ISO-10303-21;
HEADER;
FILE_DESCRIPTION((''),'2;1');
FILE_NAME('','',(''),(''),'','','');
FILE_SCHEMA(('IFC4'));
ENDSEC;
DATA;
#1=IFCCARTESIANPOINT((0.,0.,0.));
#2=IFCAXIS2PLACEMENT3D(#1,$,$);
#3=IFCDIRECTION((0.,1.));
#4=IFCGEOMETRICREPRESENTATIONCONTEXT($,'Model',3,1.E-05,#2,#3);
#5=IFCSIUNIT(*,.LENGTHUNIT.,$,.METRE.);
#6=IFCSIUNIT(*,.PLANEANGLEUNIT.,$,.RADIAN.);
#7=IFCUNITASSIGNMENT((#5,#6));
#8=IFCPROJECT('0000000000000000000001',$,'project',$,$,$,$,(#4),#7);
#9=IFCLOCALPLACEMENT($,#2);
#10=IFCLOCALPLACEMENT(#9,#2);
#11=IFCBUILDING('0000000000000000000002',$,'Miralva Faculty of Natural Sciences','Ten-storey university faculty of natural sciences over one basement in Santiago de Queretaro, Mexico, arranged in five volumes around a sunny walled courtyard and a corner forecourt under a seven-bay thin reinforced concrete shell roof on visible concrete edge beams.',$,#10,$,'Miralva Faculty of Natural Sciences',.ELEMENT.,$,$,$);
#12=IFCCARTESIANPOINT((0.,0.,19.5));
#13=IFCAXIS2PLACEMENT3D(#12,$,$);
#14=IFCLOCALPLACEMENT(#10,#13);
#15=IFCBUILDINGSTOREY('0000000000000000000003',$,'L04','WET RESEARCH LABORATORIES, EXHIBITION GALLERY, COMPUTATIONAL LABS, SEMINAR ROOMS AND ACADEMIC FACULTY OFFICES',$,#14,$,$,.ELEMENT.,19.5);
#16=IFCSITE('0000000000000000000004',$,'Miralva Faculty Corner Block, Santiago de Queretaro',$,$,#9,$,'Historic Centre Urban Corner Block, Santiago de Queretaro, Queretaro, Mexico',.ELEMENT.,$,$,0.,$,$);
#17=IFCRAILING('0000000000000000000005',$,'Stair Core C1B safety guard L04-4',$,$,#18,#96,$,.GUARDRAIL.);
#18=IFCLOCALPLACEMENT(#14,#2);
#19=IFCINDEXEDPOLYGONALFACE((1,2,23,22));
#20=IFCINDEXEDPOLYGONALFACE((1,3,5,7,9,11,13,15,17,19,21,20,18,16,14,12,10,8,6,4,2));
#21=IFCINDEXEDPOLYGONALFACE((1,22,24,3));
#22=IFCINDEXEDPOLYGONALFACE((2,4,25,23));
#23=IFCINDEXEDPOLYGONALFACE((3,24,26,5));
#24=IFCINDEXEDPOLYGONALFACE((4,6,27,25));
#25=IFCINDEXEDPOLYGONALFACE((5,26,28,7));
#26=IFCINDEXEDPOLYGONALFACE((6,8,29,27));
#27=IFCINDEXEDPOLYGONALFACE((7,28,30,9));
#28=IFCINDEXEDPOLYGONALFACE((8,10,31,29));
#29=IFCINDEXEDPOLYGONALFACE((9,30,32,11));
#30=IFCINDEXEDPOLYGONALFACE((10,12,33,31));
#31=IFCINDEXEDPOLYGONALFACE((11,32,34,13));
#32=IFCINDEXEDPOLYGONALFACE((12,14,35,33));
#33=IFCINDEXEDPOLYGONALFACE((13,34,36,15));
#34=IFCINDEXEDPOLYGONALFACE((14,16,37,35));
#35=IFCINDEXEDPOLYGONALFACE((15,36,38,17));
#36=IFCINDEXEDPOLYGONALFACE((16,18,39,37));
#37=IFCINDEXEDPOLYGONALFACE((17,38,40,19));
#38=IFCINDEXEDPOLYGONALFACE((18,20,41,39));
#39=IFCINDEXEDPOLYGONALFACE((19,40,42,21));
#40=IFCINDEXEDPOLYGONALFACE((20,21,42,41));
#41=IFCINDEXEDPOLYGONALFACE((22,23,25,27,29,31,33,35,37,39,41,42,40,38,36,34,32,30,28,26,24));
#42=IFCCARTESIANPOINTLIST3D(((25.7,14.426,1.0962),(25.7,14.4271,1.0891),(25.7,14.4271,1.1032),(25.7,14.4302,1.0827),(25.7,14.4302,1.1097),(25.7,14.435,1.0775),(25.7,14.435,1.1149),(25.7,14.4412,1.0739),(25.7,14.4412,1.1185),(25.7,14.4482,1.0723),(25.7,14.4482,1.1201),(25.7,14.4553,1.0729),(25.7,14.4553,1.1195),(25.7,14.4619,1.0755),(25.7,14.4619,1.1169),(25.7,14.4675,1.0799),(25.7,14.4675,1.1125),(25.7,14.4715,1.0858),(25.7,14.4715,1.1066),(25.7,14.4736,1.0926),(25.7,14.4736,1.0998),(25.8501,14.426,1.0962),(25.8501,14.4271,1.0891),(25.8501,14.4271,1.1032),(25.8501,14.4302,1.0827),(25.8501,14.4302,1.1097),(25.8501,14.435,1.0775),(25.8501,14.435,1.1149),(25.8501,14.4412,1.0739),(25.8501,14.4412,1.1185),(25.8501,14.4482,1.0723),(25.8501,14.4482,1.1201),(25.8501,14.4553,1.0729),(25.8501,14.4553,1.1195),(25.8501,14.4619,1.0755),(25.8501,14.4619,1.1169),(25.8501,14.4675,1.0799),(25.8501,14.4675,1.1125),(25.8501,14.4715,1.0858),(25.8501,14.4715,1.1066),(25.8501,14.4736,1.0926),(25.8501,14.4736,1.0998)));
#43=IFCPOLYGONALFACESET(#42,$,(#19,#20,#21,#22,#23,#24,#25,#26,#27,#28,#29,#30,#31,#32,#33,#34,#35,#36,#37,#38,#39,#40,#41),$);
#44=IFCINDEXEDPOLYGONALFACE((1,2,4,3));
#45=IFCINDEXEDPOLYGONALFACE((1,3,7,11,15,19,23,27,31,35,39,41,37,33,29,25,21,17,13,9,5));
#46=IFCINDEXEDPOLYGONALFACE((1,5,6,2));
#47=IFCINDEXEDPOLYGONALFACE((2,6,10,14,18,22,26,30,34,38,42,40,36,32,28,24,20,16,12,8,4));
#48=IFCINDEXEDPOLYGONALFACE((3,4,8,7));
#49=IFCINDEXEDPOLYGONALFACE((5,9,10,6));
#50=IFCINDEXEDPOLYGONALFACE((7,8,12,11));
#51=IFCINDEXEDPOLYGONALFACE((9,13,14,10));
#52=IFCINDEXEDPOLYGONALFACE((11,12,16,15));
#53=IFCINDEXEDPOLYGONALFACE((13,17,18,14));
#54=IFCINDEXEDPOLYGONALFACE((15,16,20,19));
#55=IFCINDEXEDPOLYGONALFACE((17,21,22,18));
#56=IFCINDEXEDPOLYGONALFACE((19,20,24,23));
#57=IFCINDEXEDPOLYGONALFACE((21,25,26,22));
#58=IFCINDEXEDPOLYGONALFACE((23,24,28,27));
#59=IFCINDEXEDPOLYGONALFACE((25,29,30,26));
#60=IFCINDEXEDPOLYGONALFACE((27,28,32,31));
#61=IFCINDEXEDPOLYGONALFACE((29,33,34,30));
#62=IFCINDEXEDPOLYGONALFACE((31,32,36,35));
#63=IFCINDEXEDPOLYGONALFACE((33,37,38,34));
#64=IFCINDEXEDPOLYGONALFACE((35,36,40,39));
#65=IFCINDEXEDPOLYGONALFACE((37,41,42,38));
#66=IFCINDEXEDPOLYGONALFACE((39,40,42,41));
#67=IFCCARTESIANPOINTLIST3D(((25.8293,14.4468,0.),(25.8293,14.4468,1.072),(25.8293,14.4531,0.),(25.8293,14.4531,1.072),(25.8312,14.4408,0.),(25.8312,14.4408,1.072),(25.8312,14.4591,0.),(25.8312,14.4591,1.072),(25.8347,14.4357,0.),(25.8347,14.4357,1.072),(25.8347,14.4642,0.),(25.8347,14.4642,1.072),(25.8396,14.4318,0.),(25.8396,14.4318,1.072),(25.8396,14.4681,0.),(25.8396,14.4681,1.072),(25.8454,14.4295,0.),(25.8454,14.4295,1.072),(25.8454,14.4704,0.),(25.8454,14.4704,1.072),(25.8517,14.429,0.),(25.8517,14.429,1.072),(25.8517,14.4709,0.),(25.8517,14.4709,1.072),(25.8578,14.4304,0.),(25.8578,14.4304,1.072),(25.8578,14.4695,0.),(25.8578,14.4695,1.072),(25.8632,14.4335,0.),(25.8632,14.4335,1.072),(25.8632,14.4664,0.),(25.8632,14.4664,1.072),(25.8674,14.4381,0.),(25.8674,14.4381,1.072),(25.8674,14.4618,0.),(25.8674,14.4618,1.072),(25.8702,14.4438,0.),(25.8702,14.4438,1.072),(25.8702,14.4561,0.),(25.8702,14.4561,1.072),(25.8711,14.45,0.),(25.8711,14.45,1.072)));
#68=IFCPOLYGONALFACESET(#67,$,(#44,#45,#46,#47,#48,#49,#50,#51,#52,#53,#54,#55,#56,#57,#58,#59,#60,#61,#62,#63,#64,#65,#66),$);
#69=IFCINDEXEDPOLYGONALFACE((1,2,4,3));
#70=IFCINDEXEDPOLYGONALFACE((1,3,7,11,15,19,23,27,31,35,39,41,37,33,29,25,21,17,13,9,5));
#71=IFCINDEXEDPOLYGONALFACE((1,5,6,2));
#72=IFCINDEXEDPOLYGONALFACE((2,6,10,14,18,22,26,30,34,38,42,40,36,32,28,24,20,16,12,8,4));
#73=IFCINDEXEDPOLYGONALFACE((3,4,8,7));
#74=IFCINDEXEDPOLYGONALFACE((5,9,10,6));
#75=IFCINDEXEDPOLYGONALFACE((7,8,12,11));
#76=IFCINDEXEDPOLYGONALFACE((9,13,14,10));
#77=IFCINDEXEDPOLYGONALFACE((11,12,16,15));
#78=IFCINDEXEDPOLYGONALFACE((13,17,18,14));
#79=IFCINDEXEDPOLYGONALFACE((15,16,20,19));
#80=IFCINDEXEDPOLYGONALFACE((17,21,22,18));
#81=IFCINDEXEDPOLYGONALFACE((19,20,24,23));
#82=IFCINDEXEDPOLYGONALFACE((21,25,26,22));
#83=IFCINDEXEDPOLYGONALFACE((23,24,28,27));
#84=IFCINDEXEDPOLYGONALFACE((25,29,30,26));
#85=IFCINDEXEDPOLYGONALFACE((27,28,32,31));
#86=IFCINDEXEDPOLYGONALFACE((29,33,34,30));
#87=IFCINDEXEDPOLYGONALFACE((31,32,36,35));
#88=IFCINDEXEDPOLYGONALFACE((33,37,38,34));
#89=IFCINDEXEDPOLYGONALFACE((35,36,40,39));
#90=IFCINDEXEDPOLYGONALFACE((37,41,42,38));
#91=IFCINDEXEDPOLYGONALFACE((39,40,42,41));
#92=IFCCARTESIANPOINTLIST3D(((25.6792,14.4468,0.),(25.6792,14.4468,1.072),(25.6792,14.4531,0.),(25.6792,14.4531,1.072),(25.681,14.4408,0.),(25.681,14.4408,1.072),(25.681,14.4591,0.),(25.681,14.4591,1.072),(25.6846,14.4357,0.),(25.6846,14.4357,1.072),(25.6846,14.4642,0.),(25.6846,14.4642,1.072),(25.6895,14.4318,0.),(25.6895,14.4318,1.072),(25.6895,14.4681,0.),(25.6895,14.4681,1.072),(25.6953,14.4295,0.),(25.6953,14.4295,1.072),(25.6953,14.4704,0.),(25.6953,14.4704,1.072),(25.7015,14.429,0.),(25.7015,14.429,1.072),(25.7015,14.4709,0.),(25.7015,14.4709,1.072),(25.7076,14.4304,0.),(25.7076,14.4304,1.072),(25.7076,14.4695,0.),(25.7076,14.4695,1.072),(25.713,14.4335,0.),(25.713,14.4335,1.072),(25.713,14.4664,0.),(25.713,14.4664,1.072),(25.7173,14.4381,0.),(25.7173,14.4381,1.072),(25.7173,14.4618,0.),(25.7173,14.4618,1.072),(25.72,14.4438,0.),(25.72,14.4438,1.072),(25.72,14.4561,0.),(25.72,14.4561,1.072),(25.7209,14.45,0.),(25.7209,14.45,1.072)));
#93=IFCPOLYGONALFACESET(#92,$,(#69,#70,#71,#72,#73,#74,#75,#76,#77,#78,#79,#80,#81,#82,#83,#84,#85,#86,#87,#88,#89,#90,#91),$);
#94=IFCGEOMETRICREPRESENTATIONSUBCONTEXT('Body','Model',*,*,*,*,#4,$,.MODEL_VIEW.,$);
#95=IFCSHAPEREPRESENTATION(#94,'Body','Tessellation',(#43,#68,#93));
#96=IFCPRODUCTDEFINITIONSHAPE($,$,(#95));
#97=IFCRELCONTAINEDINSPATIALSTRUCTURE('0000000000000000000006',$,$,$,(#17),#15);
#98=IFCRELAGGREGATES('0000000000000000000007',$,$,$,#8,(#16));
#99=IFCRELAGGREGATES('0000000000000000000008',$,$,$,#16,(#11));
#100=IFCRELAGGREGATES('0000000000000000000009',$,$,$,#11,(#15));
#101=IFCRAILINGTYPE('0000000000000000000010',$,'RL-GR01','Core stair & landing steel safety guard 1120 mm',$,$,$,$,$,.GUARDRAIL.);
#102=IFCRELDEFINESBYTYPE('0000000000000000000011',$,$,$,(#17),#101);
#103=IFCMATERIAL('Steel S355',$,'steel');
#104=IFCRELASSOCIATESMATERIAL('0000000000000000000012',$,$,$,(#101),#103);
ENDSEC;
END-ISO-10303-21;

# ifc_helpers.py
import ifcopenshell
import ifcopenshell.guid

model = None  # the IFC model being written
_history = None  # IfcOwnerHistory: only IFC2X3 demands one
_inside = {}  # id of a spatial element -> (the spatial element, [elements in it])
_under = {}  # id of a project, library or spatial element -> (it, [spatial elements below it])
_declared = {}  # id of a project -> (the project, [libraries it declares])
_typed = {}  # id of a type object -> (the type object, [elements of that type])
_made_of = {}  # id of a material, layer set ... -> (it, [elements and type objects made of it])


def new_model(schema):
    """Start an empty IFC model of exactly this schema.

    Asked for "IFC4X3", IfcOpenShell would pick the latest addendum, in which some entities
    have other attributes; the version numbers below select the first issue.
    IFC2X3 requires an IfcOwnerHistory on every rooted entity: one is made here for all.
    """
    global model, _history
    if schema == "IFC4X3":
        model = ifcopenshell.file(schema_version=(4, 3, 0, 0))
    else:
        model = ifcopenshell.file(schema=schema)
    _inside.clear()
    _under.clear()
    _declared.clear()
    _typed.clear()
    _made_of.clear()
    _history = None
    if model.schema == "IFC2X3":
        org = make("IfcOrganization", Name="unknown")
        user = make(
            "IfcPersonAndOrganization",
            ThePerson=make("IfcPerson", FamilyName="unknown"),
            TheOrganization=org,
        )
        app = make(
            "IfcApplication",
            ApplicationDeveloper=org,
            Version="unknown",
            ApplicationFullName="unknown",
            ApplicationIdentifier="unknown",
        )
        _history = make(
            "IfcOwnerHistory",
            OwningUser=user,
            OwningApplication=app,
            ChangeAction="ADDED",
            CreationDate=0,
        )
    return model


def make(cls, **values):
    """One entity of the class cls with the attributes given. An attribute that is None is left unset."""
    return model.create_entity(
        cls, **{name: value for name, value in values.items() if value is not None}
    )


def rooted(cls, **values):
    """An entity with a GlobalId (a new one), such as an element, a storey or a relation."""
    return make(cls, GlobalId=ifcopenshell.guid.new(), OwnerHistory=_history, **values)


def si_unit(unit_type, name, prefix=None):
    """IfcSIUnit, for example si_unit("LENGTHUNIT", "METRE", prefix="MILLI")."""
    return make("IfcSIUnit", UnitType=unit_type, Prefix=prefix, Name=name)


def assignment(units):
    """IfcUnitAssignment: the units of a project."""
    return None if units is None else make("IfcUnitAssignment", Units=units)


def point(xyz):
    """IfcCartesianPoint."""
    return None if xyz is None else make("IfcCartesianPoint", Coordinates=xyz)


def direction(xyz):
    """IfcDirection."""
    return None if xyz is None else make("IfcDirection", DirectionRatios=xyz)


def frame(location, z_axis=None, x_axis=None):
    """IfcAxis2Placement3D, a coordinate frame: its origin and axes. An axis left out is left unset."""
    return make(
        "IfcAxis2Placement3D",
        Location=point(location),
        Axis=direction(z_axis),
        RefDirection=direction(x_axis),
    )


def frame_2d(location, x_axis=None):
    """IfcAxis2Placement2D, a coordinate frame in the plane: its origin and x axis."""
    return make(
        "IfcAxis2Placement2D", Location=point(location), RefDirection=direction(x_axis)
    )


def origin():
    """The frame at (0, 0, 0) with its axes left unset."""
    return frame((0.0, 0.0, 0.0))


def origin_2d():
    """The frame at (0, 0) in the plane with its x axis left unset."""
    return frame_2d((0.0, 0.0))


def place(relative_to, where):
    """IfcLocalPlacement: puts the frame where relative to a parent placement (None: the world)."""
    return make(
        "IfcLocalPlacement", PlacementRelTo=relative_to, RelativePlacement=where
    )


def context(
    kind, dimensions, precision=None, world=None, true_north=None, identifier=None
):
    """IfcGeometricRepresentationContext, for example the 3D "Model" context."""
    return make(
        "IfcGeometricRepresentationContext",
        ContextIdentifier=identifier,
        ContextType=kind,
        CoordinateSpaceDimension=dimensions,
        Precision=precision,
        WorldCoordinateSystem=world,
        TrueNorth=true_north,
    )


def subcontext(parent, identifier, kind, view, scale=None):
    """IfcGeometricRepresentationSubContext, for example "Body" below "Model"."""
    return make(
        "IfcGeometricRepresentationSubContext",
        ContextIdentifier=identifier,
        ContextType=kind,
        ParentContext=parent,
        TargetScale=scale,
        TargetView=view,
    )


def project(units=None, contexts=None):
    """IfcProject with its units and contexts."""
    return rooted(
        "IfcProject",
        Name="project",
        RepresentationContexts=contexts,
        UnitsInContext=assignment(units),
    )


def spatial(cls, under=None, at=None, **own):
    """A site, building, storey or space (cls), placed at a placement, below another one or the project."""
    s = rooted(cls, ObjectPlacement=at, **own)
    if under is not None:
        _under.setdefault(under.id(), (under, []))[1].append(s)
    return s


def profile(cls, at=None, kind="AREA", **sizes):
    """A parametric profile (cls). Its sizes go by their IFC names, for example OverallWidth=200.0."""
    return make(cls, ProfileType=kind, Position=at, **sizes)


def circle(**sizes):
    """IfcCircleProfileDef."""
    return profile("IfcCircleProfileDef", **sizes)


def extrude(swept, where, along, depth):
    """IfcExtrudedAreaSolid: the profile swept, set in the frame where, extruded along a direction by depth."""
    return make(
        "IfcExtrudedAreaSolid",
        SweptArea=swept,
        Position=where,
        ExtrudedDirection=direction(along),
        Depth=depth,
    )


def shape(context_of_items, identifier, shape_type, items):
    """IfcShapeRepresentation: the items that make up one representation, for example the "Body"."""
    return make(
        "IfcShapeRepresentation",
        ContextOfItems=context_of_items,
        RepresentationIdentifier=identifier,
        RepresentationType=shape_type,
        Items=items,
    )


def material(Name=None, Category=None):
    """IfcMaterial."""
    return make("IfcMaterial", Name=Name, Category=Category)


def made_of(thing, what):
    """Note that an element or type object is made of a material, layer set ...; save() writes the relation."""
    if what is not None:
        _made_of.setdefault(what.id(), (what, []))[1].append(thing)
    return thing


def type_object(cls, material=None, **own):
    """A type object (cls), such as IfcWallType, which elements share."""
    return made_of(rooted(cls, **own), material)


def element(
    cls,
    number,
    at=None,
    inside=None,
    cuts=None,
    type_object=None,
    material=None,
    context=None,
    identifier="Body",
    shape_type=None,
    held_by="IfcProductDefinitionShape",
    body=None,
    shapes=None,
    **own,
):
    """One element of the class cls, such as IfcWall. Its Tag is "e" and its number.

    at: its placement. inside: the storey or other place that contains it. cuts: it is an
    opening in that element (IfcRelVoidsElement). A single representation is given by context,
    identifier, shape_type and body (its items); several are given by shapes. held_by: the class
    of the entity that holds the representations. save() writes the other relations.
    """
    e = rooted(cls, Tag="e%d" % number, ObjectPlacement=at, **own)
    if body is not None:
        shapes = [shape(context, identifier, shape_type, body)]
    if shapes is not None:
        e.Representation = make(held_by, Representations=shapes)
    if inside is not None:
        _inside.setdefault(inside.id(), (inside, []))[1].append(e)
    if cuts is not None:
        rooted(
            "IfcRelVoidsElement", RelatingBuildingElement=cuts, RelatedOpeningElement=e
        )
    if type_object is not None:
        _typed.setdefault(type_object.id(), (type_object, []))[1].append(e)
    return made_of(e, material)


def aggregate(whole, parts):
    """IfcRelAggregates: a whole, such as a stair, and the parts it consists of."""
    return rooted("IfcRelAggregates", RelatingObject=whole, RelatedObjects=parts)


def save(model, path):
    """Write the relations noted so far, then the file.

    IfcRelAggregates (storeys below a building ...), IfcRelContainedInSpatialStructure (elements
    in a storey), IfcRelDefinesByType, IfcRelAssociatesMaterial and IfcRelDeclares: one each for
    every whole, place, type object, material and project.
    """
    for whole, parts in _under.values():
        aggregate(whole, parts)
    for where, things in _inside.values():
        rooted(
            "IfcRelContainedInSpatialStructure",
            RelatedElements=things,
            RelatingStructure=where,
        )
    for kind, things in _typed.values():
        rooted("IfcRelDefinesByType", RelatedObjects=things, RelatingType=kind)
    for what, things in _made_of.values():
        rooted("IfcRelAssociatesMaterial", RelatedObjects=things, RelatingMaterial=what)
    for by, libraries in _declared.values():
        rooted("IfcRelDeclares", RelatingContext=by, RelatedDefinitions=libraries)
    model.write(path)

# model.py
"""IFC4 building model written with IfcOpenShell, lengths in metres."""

from ifc_helpers import new_model, si_unit, direction, frame, origin, origin_2d, place, context, subcontext, project, spatial, circle, extrude, material, type_object, element, save


model = new_model("IFC4")

# Units and contexts
model_context = context("Model", 3, precision=1e-05, world=origin(), true_north=direction((0.0, 1.0)))
body_context = subcontext(model_context, "Body", "Model", "MODEL_VIEW")
ifc_project = project(units=[si_unit("LENGTHUNIT", "METRE"), si_unit("PLANEANGLEUNIT", "RADIAN")], contexts=[model_context])

# Site, building, storey
site_placement = place(None, origin())
site = spatial("IfcSite", under=ifc_project, at=site_placement, Name="Miralva Faculty Corner Block, Santiago de Queretaro", LongName="Historic Centre Urban Corner Block, Santiago de Queretaro, Queretaro, Mexico", CompositionType="ELEMENT", RefElevation=0.0)
building_placement = place(site_placement, origin())
building = spatial("IfcBuilding", under=site, at=building_placement, Name="Miralva Faculty of Natural Sciences", Description="Ten-storey university faculty of natural sciences over one basement in Santiago de Queretaro, Mexico, arranged in five volumes around a sunny walled courtyard and a corner forecourt under a seven-bay thin reinforced concrete shell roof on visible concrete edge beams.", LongName="Miralva Faculty of Natural Sciences", CompositionType="ELEMENT")
storey_placement = place(building_placement, frame((0.0, 0.0, 19.5)))
storey = spatial("IfcBuildingStorey", under=building, at=storey_placement, Name="L04", Description="WET RESEARCH LABORATORIES, EXHIBITION GALLERY, COMPUTATIONAL LABS, SEMINAR ROOMS AND ACADEMIC FACULTY OFFICES", CompositionType="ELEMENT", Elevation=19.5)

# Railing
ifc_material_1 = material(Name="Steel S355", Category="steel")
railing_type_1 = type_object("IfcRailingType", Name="RL-GR01", Description="Core stair & landing steel safety guard 1120 mm", PredefinedType="GUARDRAIL", material=ifc_material_1)
railing_1_placement = place(storey_placement, frame((25.8501, 14.45, 0.0)))
element("IfcRailing", 1, at=railing_1_placement, inside=storey, type_object=railing_type_1, Name="Stair Core C1B safety guard L04-4", PredefinedType="GUARDRAIL", context=body_context, shape_type="SweptSolid", body=[
    extrude(circle(Radius=0.0239, at=origin_2d()), frame((0.0, 0.0, 1.0962), z_axis=(-1.0, 0.0, 0.0), x_axis=(0.0, -1.0, 0.0)), (0.0, 0.0, 1.0), 0.1501),
    extrude(circle(Radius=0.021, at=origin_2d()), origin(), (0.0, 0.0, 1.0), 1.072),
    extrude(circle(Radius=0.021, at=origin_2d()), frame((-0.1501, 0.0, 0.0)), (0.0, 0.0, 1.0), 1.072),
])

save(model, "model.ifc")
